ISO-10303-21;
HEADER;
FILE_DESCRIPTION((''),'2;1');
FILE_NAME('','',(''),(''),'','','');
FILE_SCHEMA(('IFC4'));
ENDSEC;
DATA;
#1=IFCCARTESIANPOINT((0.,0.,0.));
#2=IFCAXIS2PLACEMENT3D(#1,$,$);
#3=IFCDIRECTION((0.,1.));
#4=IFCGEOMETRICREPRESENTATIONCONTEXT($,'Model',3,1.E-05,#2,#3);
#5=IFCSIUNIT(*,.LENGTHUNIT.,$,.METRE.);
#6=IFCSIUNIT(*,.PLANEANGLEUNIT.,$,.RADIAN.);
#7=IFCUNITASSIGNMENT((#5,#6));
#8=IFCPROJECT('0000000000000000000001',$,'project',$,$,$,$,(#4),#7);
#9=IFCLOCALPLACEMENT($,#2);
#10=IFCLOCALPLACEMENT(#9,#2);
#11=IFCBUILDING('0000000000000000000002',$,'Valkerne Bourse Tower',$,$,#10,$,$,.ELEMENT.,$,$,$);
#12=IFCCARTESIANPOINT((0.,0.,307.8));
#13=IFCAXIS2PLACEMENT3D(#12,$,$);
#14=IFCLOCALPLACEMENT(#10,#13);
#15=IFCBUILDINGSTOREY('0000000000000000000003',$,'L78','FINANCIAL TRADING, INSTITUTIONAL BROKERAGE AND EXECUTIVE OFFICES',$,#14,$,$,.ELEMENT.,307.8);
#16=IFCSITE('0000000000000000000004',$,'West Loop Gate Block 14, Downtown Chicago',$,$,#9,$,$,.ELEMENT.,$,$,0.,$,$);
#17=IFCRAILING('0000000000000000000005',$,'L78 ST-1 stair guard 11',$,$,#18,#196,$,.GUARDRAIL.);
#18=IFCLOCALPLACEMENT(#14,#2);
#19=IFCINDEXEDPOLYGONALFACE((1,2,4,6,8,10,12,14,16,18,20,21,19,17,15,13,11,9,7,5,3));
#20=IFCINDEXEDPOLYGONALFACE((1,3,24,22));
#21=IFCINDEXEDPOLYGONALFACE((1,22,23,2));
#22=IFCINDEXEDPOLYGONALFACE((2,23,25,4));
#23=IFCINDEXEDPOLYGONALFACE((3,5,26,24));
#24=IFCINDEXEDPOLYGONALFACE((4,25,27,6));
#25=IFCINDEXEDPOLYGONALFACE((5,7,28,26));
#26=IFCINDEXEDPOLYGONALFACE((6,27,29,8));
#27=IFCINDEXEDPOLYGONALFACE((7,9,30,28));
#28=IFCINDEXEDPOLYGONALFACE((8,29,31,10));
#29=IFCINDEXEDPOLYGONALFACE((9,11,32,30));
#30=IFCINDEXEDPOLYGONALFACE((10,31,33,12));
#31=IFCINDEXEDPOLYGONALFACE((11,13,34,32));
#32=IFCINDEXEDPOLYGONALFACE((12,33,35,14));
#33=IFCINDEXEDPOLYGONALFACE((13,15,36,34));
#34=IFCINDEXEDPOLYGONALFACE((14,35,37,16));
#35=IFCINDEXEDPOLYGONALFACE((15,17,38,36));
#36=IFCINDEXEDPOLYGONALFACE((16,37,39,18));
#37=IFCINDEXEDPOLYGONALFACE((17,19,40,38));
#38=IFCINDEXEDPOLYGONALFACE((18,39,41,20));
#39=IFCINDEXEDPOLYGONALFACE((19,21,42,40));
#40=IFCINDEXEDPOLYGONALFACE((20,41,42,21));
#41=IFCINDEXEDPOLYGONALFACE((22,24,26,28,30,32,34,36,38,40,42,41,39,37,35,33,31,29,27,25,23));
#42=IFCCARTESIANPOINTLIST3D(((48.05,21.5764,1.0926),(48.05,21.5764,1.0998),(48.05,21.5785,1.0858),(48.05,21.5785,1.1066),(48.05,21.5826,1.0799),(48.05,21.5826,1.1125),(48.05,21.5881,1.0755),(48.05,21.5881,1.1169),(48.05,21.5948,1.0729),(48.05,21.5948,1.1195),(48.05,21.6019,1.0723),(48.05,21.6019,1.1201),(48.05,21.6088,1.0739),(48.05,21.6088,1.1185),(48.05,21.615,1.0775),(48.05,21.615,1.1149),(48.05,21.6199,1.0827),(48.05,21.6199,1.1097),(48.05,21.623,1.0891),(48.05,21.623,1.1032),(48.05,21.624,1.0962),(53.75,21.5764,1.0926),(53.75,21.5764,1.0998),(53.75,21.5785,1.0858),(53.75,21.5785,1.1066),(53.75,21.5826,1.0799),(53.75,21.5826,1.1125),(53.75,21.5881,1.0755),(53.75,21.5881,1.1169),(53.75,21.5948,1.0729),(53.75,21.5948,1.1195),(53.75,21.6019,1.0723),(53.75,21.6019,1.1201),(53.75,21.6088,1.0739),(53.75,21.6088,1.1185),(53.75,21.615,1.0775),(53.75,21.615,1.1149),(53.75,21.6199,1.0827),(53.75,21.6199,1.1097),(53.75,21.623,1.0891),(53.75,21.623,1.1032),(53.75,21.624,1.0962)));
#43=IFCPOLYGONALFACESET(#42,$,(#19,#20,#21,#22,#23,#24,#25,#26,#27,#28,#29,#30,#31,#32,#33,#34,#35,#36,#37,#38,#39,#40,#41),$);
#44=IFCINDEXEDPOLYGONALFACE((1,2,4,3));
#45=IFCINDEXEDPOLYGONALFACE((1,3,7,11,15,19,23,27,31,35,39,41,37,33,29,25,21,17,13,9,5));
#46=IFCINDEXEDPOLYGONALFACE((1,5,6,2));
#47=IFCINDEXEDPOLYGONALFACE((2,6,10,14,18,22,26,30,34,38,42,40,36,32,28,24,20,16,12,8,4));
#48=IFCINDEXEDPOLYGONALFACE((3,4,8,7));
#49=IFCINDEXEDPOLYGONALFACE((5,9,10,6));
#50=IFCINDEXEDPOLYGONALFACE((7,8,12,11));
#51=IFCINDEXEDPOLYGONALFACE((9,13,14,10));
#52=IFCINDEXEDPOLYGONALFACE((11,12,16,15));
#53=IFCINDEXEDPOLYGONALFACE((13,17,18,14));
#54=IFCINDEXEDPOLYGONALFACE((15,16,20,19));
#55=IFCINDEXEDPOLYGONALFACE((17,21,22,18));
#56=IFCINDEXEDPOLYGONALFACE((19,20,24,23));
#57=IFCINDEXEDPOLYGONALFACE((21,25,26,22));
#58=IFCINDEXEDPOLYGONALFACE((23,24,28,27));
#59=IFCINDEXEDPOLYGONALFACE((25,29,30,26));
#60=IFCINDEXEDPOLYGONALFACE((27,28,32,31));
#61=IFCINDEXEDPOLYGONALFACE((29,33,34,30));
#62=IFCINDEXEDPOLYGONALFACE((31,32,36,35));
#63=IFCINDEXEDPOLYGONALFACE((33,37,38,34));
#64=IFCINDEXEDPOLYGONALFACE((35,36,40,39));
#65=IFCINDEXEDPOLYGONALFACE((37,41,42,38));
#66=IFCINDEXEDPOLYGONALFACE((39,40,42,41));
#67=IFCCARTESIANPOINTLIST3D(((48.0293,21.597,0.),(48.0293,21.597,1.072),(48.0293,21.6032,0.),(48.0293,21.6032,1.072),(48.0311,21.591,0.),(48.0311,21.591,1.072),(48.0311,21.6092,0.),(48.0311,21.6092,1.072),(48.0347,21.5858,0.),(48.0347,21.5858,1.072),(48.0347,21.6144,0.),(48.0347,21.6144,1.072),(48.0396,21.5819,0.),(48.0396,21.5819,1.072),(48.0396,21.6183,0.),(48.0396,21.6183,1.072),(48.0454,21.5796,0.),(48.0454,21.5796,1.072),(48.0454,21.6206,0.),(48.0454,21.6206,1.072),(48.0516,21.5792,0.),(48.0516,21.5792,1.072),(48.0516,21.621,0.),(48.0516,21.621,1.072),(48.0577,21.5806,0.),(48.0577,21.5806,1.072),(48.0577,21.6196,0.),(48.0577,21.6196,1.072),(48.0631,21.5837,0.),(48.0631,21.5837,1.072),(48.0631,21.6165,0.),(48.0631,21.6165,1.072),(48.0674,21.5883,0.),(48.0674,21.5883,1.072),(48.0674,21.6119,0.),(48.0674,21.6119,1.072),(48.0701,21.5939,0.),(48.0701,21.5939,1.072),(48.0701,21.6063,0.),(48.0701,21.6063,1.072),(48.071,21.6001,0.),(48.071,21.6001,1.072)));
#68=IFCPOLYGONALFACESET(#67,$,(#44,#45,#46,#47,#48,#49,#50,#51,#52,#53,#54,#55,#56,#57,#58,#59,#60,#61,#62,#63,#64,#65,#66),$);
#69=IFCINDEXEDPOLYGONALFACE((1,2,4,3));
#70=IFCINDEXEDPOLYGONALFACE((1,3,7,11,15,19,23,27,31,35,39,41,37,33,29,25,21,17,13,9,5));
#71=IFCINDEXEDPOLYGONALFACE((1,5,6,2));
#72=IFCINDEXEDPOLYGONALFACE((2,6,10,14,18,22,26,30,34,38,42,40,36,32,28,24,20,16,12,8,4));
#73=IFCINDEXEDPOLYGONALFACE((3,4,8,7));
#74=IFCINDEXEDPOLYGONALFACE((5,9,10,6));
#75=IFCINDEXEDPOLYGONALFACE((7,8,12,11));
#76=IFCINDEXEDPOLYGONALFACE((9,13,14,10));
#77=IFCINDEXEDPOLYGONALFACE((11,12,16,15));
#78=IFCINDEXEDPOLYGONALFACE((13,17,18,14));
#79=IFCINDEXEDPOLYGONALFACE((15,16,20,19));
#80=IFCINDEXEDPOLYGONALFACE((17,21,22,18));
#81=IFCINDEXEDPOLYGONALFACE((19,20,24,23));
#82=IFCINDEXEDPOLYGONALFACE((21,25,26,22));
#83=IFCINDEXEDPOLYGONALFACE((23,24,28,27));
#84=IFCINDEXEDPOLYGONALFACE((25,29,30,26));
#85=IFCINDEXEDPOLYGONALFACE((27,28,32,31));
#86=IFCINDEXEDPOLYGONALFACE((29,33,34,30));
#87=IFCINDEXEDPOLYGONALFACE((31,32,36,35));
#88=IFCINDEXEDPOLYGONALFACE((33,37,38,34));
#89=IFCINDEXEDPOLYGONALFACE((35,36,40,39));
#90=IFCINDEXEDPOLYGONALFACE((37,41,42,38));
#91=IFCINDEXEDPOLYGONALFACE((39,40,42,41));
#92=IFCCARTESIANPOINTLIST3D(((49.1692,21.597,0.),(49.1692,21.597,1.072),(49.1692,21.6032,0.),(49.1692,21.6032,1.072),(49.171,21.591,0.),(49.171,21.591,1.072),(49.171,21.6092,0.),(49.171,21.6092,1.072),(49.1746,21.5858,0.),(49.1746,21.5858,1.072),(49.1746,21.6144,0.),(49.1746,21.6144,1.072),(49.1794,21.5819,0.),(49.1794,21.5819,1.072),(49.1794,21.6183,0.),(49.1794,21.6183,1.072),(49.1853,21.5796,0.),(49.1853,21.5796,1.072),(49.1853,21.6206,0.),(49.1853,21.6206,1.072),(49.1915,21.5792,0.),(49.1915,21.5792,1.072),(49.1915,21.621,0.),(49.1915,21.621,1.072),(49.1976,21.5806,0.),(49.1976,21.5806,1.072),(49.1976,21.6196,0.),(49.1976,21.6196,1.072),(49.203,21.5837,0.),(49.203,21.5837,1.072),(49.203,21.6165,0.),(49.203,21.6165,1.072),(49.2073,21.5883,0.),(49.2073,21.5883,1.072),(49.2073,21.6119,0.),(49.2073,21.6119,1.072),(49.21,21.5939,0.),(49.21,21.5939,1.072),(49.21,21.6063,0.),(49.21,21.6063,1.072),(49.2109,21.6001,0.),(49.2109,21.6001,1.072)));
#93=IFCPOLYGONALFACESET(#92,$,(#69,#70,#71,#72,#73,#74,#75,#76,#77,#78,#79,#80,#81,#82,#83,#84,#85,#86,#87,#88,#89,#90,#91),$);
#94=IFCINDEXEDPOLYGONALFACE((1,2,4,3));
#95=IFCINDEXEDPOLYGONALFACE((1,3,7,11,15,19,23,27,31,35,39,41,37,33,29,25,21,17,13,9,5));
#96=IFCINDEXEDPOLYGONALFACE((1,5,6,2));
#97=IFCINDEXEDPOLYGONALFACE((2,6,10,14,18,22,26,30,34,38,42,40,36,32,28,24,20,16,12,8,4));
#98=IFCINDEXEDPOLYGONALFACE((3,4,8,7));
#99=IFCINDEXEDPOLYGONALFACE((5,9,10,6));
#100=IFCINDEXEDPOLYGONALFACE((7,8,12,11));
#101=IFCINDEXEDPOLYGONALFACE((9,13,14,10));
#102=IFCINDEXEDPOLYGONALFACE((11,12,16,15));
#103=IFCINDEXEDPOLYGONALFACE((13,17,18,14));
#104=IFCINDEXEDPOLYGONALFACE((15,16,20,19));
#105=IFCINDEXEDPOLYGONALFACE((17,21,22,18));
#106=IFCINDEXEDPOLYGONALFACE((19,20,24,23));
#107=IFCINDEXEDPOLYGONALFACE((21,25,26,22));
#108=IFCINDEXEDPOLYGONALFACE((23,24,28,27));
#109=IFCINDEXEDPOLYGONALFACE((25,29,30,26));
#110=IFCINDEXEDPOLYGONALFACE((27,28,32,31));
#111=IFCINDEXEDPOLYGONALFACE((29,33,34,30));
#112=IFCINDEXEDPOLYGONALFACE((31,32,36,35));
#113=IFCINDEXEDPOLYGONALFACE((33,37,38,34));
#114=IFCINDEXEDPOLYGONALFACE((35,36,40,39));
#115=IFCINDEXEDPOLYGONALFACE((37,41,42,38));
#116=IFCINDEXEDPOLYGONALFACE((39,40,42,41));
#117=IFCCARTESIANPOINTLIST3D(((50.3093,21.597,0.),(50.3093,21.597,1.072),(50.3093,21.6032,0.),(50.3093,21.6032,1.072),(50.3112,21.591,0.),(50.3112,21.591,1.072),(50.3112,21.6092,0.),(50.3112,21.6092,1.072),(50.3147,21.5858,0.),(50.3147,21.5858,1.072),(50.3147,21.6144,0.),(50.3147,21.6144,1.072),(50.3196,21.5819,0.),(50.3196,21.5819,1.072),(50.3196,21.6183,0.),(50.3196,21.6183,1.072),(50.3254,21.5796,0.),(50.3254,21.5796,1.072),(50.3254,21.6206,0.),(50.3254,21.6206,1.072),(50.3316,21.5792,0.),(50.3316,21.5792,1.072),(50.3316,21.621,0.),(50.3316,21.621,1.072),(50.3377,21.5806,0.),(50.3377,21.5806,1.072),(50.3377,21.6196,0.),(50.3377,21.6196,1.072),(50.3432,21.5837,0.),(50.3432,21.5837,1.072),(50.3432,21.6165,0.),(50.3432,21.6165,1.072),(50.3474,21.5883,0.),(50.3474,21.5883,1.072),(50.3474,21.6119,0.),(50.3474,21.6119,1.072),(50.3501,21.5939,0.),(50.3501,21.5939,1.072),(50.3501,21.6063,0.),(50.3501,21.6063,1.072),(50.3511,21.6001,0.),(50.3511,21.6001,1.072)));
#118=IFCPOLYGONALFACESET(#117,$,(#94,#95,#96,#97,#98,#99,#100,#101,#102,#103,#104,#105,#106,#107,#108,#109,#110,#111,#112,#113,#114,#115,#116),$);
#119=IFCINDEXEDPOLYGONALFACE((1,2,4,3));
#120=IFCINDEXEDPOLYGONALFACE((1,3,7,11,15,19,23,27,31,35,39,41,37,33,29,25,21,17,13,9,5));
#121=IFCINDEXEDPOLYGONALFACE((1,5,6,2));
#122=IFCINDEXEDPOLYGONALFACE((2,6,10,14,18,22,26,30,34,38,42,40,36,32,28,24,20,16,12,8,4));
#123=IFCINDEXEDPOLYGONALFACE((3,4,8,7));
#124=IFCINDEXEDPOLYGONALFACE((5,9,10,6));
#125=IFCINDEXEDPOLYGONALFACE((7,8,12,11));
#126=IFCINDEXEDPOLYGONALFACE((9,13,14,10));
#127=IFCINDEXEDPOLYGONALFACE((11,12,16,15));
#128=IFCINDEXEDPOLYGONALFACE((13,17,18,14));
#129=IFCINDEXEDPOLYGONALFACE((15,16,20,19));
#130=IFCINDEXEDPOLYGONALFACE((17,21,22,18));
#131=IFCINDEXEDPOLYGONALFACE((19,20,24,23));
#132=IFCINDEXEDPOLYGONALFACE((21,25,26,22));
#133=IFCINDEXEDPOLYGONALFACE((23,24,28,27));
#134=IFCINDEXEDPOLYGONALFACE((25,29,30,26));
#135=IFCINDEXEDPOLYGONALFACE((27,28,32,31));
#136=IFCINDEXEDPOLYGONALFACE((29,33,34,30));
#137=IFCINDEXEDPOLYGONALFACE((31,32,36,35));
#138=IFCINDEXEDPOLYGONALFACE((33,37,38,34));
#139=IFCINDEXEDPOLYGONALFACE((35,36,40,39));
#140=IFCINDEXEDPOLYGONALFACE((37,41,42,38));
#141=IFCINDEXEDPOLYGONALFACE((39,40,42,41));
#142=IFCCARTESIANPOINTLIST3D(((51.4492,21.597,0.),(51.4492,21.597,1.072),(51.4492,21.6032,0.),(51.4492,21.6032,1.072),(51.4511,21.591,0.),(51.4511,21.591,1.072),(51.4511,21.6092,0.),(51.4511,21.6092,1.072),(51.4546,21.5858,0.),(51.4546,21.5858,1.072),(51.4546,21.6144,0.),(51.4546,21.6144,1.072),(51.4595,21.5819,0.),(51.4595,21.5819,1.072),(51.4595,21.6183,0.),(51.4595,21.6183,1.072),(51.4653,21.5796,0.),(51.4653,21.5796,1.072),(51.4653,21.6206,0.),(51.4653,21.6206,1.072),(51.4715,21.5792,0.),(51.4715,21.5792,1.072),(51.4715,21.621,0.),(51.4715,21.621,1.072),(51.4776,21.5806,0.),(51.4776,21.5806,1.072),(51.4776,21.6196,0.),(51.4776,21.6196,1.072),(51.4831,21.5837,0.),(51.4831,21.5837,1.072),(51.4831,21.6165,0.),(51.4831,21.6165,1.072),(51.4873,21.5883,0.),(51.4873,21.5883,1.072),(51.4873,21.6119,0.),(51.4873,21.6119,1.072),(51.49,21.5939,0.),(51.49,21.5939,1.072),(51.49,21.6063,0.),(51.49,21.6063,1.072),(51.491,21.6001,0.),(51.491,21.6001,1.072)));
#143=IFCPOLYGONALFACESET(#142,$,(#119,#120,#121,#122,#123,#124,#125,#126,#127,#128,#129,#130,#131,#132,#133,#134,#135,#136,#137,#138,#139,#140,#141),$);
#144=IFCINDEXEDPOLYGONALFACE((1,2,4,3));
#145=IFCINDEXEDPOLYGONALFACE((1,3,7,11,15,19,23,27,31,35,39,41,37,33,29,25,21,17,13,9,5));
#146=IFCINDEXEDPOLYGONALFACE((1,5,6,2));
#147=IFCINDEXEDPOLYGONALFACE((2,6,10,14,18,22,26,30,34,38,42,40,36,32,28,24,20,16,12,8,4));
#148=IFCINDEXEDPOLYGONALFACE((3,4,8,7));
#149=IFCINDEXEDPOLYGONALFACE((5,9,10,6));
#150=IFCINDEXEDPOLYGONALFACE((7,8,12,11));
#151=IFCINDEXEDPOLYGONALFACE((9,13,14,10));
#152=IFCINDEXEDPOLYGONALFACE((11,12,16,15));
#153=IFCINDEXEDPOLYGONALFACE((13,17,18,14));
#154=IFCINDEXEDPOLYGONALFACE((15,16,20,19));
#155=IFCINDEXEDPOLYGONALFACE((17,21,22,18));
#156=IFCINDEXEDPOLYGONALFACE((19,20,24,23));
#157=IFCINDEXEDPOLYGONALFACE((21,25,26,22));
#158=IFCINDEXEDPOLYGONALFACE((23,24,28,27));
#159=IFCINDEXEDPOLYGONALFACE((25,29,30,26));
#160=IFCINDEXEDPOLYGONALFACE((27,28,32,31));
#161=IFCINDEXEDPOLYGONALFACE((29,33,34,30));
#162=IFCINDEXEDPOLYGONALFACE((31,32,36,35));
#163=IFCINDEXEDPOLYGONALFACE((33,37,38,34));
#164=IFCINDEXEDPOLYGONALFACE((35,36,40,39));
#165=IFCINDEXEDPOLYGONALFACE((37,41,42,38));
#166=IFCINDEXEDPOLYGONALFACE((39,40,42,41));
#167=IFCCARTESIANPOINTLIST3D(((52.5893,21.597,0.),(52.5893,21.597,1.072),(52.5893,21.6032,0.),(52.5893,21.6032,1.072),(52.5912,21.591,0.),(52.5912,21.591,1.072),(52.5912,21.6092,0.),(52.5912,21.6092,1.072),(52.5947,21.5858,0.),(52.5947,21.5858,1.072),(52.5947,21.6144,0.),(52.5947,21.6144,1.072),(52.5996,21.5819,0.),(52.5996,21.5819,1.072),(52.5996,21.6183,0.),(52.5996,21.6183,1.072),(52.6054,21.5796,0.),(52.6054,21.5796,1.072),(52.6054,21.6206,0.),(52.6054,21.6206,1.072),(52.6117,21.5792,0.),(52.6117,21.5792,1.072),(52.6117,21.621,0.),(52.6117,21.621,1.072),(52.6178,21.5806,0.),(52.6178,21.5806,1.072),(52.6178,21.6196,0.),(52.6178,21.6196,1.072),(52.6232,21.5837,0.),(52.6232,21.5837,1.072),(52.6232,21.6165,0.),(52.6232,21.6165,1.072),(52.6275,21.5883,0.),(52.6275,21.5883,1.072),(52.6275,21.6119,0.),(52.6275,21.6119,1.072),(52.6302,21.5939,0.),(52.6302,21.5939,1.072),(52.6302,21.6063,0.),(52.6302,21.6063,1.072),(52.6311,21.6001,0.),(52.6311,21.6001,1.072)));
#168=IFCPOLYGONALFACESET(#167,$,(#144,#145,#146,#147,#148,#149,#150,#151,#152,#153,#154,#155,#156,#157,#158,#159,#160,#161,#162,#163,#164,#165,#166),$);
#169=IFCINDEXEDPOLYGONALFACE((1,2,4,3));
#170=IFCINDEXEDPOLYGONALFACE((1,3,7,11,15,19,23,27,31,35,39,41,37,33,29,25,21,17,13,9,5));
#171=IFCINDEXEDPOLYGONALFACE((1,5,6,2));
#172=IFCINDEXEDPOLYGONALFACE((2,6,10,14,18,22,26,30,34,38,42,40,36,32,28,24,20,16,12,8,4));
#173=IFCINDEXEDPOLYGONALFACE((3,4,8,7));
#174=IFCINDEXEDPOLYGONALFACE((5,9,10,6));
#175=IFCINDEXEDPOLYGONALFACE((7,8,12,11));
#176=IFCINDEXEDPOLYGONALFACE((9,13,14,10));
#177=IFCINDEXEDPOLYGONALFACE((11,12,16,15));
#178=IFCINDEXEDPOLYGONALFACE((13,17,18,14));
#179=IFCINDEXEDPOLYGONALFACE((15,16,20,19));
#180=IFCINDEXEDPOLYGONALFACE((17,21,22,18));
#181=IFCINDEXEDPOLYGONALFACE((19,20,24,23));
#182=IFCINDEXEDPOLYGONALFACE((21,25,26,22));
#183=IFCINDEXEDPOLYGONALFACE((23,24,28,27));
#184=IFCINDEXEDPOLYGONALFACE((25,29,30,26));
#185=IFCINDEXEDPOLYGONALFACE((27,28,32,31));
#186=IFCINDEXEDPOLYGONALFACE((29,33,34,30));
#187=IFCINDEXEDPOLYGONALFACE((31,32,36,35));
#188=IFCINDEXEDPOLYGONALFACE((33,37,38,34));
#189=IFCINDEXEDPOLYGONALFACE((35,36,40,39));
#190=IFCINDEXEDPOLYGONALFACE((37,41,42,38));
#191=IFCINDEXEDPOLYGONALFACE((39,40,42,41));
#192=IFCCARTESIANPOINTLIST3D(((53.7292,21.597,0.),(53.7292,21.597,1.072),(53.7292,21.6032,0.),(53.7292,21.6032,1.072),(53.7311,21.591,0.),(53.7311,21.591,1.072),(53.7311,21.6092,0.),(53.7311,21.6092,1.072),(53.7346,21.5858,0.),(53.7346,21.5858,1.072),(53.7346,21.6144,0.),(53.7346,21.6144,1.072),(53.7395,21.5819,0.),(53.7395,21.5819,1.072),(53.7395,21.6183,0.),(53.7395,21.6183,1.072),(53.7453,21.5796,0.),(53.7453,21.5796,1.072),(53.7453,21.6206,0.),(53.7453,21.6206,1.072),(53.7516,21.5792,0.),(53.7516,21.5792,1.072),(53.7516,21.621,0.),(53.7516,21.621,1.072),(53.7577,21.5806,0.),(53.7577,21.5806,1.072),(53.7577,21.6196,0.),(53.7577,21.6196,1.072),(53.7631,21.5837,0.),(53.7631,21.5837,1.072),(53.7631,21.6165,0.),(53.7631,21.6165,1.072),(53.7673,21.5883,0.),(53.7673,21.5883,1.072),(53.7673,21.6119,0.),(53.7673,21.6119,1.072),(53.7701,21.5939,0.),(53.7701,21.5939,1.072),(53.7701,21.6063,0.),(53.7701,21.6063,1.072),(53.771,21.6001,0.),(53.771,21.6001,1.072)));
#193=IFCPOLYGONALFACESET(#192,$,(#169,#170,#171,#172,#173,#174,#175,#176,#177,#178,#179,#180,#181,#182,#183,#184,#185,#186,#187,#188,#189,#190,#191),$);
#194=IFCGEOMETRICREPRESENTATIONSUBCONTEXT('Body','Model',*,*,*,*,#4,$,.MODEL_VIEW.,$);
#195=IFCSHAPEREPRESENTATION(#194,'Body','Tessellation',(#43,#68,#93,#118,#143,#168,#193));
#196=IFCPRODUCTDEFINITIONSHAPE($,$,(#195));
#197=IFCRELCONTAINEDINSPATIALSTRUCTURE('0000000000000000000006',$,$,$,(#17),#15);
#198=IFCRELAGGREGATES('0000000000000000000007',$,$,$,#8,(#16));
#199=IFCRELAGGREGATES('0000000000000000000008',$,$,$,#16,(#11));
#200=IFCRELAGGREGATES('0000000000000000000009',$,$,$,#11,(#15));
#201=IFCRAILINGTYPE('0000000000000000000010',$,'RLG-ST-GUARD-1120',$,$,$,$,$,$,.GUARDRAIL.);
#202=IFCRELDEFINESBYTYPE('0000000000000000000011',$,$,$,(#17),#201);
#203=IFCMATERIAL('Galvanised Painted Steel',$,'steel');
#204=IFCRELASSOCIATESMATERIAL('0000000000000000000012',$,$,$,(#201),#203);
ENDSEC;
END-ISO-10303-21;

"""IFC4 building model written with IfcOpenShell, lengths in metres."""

from ifc_helpers import new_model, si_unit, direction, frame, origin, origin_2d, place, context, subcontext, project, spatial, circle, extrude, material, type_object, element, save


model = new_model("IFC4")

# Units and contexts
model_context = context("Model", 3, precision=1e-05, world=origin(), true_north=direction((0.0, 1.0)))
body_context = subcontext(model_context, "Body", "Model", "MODEL_VIEW")
ifc_project = project(units=[si_unit("LENGTHUNIT", "METRE"), si_unit("PLANEANGLEUNIT", "RADIAN")], contexts=[model_context])

# Site, building, storey
site_placement = place(None, origin())
site = spatial("IfcSite", under=ifc_project, at=site_placement, Name="West Loop Gate Block 14, Downtown Chicago", CompositionType="ELEMENT", RefElevation=0.0)
building_placement = place(site_placement, origin())
building = spatial("IfcBuilding", under=site, at=building_placement, Name="Valkerne Bourse Tower", CompositionType="ELEMENT")
storey_placement = place(building_placement, frame((0.0, 0.0, 307.8)))
storey = spatial("IfcBuildingStorey", under=building, at=storey_placement, Name="L78", Description="FINANCIAL TRADING, INSTITUTIONAL BROKERAGE AND EXECUTIVE OFFICES", CompositionType="ELEMENT", Elevation=307.8)

# Shared definitions
ifc_material_1 = material(Name="Galvanised Painted Steel", Category="steel")

# Railing
railing_type_1 = type_object("IfcRailingType", Name="RLG-ST-GUARD-1120", PredefinedType="GUARDRAIL", material=ifc_material_1)
railing_1_placement = place(storey_placement, frame((48.05, 21.6001, 0.0)))
element("IfcRailing", 1, at=railing_1_placement, inside=storey, type_object=railing_type_1, Name="L78 ST-1 stair guard 11", PredefinedType="GUARDRAIL", context=body_context, shape_type="SweptSolid", body=[
    extrude(circle(Radius=0.0239, at=origin_2d()), frame((0.0, 0.0, 1.0962), z_axis=(1.0, 0.0, 0.0), x_axis=(0.0, 1.0, 0.0)), (0.0, 0.0, 1.0), 5.7),
    extrude(circle(Radius=0.021, at=origin_2d()), origin(), (0.0, 0.0, 1.0), 1.072),
    extrude(circle(Radius=0.021, at=origin_2d()), frame((1.1399, 0.0, 0.0)), (0.0, 0.0, 1.0), 1.072),
    extrude(circle(Radius=0.021, at=origin_2d()), frame((2.28, 0.0, 0.0)), (0.0, 0.0, 1.0), 1.072),
    extrude(circle(Radius=0.021, at=origin_2d()), frame((3.4199, 0.0, 0.0)), (0.0, 0.0, 1.0), 1.072),
    extrude(circle(Radius=0.021, at=origin_2d()), frame((4.5601, 0.0, 0.0)), (0.0, 0.0, 1.0), 1.072),
    extrude(circle(Radius=0.021, at=origin_2d()), frame((5.7, 0.0, 0.0)), (0.0, 0.0, 1.0), 1.072),
])

save(model, "model.ifc")
